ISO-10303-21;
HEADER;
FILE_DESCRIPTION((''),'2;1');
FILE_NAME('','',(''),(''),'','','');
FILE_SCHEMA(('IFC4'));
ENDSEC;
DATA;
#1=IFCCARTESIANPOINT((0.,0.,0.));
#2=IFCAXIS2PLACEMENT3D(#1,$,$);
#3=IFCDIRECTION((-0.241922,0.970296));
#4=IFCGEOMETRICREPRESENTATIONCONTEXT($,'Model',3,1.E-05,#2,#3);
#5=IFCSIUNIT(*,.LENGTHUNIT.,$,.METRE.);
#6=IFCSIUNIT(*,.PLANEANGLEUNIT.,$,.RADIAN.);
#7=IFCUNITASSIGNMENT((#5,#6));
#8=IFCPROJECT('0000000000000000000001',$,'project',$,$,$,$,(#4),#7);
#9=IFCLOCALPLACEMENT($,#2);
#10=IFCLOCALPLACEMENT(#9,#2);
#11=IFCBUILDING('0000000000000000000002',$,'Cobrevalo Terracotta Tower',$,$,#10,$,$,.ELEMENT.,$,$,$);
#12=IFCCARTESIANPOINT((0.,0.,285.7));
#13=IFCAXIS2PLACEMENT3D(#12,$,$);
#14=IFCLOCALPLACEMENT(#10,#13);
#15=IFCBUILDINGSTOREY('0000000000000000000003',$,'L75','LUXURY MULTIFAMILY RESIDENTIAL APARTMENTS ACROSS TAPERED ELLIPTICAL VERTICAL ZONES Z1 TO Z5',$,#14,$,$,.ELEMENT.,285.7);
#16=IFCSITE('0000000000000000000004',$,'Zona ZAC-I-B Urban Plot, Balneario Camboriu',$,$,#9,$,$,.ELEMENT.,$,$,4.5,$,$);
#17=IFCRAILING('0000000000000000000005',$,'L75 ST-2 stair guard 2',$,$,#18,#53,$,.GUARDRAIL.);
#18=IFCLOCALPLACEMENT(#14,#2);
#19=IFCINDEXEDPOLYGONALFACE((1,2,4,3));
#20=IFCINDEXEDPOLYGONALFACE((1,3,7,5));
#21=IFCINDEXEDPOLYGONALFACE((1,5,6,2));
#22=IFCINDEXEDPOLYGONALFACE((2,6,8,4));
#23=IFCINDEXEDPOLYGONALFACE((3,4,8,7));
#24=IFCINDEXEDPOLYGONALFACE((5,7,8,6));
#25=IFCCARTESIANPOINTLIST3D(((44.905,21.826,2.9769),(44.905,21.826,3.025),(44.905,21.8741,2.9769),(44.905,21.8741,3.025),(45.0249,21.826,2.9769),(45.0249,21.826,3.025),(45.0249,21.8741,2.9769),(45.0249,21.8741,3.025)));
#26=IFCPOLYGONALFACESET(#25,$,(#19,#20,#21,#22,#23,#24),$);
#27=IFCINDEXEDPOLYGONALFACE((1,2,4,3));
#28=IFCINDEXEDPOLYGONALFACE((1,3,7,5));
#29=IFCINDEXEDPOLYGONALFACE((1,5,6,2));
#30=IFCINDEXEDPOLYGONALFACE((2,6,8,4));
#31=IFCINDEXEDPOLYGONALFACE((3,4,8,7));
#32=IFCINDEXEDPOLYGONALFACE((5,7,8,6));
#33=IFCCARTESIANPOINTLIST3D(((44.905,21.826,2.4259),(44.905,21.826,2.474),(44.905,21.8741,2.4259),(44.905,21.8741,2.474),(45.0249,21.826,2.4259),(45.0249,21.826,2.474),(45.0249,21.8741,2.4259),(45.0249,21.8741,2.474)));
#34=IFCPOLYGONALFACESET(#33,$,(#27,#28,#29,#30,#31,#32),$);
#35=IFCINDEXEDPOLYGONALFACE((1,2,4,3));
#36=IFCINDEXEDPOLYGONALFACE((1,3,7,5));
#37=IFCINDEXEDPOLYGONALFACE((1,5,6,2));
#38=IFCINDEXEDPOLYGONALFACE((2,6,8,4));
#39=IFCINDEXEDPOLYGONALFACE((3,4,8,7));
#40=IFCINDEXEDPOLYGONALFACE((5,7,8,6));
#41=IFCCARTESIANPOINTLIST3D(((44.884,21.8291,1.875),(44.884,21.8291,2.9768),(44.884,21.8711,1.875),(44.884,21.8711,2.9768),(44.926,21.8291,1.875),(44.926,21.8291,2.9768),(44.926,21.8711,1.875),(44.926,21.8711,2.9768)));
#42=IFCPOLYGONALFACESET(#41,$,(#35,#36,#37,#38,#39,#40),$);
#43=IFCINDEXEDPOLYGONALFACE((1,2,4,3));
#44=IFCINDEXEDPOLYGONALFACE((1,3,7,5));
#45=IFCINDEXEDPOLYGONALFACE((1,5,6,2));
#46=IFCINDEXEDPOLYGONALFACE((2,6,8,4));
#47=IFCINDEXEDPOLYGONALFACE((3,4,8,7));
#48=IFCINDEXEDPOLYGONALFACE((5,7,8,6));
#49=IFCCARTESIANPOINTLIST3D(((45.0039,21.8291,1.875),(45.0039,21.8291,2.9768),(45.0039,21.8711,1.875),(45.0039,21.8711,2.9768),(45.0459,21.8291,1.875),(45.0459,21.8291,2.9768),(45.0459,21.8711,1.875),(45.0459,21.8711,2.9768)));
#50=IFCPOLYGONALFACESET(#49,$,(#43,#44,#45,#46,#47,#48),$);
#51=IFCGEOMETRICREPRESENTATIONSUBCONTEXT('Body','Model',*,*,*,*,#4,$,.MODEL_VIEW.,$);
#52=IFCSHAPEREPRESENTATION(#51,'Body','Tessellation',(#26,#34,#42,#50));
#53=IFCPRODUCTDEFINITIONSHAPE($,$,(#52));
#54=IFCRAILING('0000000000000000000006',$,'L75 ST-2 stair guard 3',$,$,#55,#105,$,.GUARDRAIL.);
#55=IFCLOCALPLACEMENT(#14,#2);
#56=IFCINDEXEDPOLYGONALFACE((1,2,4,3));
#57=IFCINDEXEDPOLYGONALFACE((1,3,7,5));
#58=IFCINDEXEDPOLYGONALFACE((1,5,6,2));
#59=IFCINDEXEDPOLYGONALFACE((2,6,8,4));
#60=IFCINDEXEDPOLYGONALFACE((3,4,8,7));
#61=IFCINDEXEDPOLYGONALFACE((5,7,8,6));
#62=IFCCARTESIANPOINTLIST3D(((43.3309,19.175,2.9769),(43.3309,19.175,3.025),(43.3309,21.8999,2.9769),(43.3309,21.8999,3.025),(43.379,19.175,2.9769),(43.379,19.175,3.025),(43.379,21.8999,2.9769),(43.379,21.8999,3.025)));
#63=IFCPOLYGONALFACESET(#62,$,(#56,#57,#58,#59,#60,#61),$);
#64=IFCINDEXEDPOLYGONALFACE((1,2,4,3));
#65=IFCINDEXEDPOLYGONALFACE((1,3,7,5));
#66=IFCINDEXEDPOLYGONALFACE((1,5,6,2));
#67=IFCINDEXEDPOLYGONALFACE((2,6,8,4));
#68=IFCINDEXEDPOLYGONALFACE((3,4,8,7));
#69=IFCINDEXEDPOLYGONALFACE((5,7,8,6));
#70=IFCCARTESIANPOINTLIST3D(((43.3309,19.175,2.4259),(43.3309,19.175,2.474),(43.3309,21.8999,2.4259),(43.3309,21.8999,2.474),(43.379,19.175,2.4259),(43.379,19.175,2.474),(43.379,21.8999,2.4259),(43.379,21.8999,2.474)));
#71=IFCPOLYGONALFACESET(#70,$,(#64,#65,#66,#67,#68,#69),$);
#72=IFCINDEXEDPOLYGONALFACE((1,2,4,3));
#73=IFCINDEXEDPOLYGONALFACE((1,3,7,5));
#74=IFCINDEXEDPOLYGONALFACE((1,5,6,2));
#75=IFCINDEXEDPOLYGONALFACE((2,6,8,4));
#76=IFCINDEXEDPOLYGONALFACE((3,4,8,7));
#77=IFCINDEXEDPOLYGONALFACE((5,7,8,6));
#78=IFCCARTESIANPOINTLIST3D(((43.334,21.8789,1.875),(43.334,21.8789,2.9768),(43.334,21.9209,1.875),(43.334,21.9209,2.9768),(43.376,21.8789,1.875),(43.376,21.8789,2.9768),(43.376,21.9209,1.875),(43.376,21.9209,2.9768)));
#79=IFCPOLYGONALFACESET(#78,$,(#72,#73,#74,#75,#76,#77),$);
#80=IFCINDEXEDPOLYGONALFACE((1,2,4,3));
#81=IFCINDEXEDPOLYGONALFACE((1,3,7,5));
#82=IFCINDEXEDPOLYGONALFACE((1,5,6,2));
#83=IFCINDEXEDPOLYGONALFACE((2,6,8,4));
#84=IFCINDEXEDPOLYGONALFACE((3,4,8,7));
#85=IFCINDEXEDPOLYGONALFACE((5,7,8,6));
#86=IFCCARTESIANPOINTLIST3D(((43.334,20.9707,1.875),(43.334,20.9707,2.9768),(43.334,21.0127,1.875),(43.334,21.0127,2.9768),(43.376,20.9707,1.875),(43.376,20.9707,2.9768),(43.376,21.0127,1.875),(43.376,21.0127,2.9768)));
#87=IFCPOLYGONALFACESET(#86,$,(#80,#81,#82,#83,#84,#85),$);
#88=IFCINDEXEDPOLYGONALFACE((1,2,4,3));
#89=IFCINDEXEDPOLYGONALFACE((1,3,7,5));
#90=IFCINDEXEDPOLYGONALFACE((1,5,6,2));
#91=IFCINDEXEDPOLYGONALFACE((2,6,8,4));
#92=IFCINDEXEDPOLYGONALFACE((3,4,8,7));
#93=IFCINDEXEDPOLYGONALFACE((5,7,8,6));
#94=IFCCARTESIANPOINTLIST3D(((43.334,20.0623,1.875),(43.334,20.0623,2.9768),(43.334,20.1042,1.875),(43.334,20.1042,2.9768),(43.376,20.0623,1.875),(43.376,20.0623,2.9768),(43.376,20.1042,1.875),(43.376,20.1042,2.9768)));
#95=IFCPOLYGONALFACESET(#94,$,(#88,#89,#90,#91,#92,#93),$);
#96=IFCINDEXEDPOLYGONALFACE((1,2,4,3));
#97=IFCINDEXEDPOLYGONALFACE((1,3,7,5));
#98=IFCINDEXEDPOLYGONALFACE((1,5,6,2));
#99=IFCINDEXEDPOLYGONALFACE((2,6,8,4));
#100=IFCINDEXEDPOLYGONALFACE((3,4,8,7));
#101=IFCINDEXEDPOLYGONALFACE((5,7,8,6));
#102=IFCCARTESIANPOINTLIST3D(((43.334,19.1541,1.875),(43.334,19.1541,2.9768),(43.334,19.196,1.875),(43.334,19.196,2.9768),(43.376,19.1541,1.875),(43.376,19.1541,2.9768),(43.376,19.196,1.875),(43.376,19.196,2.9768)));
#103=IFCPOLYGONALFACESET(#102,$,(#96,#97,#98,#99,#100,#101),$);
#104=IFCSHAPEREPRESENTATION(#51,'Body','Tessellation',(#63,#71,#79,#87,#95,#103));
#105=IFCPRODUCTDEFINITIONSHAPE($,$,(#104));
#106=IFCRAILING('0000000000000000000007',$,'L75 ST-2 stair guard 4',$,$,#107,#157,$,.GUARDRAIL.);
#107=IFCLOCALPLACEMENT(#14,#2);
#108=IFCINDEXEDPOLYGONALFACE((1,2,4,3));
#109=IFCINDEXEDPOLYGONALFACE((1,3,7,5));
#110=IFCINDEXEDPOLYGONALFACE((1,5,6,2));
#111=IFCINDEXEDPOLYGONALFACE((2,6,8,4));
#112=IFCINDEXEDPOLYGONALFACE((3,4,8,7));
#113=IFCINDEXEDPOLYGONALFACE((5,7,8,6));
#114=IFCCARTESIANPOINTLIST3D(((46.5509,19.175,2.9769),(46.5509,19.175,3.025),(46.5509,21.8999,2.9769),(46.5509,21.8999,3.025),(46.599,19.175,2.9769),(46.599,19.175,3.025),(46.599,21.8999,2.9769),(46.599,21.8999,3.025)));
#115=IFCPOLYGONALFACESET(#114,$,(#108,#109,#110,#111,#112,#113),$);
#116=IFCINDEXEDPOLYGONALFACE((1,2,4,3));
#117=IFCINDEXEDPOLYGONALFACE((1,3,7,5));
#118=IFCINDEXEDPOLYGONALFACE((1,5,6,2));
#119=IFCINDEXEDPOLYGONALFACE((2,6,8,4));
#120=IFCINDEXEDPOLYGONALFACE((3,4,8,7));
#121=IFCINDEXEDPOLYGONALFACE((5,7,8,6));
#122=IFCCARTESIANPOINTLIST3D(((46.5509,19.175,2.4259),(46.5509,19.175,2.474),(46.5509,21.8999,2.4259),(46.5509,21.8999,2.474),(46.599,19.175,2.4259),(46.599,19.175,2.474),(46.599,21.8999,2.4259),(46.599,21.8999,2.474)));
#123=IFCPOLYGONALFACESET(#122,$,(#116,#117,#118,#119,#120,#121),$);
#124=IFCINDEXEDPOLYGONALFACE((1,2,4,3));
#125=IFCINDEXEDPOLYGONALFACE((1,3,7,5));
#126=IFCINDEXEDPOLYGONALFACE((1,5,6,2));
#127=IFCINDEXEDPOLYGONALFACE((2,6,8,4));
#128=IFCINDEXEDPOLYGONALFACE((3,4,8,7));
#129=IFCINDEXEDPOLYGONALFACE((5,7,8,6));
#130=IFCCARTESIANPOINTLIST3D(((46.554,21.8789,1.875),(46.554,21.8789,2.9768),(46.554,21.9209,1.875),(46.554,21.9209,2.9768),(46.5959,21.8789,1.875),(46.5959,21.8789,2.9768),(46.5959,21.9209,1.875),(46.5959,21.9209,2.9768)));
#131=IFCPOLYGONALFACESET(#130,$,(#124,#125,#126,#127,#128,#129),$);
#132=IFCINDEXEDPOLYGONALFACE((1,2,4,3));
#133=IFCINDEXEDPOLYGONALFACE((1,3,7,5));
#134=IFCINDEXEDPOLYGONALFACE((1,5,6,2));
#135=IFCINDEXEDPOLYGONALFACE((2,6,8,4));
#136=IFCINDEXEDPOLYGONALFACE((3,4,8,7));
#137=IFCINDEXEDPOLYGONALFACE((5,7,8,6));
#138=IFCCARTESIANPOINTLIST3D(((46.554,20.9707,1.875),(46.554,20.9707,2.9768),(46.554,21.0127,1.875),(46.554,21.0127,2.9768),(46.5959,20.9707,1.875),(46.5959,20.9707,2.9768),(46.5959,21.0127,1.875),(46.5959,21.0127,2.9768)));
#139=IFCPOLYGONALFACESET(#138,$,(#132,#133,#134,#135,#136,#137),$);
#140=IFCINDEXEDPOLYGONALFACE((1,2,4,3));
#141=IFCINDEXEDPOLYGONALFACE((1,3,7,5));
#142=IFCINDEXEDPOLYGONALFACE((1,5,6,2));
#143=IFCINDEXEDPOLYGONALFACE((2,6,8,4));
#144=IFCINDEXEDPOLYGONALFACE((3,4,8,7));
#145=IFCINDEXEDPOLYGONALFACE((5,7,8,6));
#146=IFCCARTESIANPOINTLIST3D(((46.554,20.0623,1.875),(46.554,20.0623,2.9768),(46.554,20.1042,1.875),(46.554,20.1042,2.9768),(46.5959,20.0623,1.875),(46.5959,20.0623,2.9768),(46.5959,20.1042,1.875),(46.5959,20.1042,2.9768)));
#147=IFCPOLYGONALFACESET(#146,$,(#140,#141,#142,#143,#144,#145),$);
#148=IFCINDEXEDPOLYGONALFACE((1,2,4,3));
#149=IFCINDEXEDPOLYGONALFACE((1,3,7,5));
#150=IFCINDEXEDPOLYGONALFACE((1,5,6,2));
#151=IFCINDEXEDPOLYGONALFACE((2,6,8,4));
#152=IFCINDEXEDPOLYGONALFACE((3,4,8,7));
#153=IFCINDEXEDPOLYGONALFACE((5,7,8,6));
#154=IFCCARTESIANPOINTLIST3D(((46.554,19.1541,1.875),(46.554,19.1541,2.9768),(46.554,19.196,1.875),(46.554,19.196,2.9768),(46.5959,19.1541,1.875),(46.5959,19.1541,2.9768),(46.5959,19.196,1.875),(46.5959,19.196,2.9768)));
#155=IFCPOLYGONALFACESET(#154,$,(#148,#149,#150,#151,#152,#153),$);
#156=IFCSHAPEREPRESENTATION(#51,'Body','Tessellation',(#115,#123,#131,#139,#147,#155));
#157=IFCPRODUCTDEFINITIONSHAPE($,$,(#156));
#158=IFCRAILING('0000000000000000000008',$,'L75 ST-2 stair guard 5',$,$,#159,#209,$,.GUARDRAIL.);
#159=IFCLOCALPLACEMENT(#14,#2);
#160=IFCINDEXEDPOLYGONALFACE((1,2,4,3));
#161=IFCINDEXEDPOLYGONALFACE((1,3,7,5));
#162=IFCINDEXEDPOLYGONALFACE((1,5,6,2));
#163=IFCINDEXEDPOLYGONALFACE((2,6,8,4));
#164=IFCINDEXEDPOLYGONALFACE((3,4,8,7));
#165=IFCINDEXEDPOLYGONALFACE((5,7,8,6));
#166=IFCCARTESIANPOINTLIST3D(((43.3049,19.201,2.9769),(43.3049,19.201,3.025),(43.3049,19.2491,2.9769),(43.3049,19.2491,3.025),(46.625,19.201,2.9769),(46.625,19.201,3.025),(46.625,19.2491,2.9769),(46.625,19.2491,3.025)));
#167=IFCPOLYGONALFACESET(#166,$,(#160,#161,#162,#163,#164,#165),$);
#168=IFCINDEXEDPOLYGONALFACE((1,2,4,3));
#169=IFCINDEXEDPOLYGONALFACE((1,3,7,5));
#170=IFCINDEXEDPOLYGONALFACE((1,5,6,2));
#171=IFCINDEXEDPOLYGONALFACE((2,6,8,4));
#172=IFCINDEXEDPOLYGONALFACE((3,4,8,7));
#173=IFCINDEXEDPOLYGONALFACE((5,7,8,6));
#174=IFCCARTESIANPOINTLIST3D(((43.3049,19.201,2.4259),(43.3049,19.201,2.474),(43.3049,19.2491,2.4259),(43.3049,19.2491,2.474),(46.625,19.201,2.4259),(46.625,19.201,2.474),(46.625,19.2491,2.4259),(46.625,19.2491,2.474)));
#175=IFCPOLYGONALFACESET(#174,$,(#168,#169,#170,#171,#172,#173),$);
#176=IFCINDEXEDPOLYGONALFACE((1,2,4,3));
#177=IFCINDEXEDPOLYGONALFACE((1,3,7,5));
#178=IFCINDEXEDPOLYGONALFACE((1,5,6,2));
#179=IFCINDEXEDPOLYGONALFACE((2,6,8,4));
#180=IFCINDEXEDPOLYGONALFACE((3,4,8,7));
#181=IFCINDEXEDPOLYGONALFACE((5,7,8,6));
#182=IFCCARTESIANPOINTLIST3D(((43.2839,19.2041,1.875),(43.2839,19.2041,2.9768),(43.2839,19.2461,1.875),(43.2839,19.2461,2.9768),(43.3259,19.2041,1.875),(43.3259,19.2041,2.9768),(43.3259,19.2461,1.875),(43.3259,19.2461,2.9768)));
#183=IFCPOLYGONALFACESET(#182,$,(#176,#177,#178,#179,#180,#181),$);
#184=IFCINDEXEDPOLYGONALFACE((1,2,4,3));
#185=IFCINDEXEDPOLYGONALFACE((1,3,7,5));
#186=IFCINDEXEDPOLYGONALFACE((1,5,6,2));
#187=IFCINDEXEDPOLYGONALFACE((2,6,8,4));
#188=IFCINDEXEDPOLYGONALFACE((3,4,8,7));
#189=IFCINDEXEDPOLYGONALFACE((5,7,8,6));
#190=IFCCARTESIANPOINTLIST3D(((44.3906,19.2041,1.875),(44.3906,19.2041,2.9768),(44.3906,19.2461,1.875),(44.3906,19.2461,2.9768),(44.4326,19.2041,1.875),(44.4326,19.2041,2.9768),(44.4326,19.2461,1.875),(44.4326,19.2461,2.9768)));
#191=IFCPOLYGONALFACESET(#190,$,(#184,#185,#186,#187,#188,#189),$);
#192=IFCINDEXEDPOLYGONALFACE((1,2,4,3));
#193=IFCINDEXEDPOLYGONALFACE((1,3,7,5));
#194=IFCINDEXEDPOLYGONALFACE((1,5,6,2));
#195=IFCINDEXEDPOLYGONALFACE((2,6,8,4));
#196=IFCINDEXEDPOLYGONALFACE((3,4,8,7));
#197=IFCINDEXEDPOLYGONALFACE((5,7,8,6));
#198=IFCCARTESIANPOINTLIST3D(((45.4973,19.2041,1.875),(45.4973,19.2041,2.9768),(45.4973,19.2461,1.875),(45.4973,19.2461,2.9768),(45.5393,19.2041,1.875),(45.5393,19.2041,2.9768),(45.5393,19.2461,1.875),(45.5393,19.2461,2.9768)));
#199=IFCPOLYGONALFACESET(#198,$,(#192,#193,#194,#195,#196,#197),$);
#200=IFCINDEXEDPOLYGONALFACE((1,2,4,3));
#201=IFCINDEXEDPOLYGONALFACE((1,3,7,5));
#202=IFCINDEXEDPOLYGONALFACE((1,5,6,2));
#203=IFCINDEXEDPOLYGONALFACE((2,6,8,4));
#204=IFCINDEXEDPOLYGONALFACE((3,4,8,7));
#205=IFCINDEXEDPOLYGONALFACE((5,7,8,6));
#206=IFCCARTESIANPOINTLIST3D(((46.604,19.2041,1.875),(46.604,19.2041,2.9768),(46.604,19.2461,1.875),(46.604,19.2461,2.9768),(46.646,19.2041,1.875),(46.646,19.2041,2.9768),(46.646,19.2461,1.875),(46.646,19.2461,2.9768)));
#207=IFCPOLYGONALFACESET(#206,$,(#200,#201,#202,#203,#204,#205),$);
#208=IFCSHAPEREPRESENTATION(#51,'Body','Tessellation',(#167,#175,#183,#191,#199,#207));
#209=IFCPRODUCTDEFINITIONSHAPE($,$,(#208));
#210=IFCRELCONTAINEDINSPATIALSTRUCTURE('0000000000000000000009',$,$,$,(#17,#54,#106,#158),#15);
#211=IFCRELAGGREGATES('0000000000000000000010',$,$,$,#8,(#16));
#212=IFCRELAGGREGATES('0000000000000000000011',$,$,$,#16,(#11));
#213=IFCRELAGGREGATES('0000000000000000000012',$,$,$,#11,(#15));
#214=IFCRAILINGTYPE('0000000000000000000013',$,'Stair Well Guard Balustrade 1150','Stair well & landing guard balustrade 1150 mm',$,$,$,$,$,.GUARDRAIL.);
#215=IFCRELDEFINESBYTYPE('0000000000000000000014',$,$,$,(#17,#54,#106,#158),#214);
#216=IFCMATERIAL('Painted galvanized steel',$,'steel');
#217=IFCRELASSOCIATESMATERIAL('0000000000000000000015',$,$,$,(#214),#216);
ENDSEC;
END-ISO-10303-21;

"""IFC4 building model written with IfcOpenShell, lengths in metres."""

from ifc_helpers import new_model, si_unit, direction, frame, origin, origin_2d, place, context, subcontext, project, spatial, rectangle, extrude, material, type_object, element, save


model = new_model("IFC4")

# Units and contexts
model_context = context("Model", 3, precision=1e-05, world=origin(), true_north=direction((-0.241922, 0.970296)))
body_context = subcontext(model_context, "Body", "Model", "MODEL_VIEW")
ifc_project = project(units=[si_unit("LENGTHUNIT", "METRE"), si_unit("PLANEANGLEUNIT", "RADIAN")], contexts=[model_context])

# Site, building, storey
site_placement = place(None, origin())
site = spatial("IfcSite", under=ifc_project, at=site_placement, Name="Zona ZAC-I-B Urban Plot, Balneario Camboriu", CompositionType="ELEMENT", RefElevation=4.5)
building_placement = place(site_placement, origin())
building = spatial("IfcBuilding", under=site, at=building_placement, Name="Cobrevalo Terracotta Tower", CompositionType="ELEMENT")
storey_placement = place(building_placement, frame((0.0, 0.0, 285.7)))
storey = spatial("IfcBuildingStorey", under=building, at=storey_placement, Name="L75", Description="LUXURY MULTIFAMILY RESIDENTIAL APARTMENTS ACROSS TAPERED ELLIPTICAL VERTICAL ZONES Z1 TO Z5", CompositionType="ELEMENT", Elevation=285.7)

# Railings
ifc_material_1 = material(Name="Painted galvanized steel", Category="steel")
railing_type_1 = type_object("IfcRailingType", Name="Stair Well Guard Balustrade 1150", Description="Stair well & landing guard balustrade 1150 mm", PredefinedType="GUARDRAIL", material=ifc_material_1)
railing_1_placement = place(storey_placement, frame((44.905, 21.8501, 1.875)))
element("IfcRailing", 1, at=railing_1_placement, inside=storey, type_object=railing_type_1, Name="L75 ST-2 stair guard 2", PredefinedType="GUARDRAIL", context=body_context, shape_type="SweptSolid", body=[
    extrude(rectangle(XDim=0.0481, YDim=0.0481, at=origin_2d()), frame((0.0, 0.0, 1.126), z_axis=(1.0, 0.0, 0.0), x_axis=(0.0, 1.0, 0.0)), (0.0, 0.0, 1.0), 0.1199),
    extrude(rectangle(XDim=0.0481, YDim=0.0481, at=origin_2d()), frame((0.0, 0.0, 0.575), z_axis=(1.0, 0.0, 0.0), x_axis=(0.0, 1.0, 0.0)), (0.0, 0.0, 1.0), 0.1199),
    extrude(rectangle(XDim=0.042, YDim=0.042, at=origin_2d()), origin(), (0.0, 0.0, 1.0), 1.1018),
    extrude(rectangle(XDim=0.042, YDim=0.042, at=origin_2d()), frame((0.1199, 0.0, 0.0)), (0.0, 0.0, 1.0), 1.1018),
])
for number, where, name in (
    (2, (43.355, 21.8999, 1.875), "L75 ST-2 stair guard 3"),
    (3, (46.575, 21.8999, 1.875), "L75 ST-2 stair guard 4"),
):
    element("IfcRailing", number, at=place(storey_placement, frame(where)), inside=storey, type_object=railing_type_1, Name=name, PredefinedType="GUARDRAIL", context=body_context, shape_type="SweptSolid", body=[
        extrude(rectangle(XDim=0.0481, YDim=0.0481, at=origin_2d()), frame((0.0, 0.0, 1.126), z_axis=(0.0, -1.0, 0.0), x_axis=(1.0, 0.0, 0.0)), (0.0, 0.0, 1.0), 2.7249),
        extrude(rectangle(XDim=0.0481, YDim=0.0481, at=origin_2d()), frame((0.0, 0.0, 0.575), z_axis=(0.0, -1.0, 0.0), x_axis=(1.0, 0.0, 0.0)), (0.0, 0.0, 1.0), 2.7249),
        extrude(rectangle(XDim=0.042, YDim=0.042, at=origin_2d()), origin(), (0.0, 0.0, 1.0), 1.1018),
        extrude(rectangle(XDim=0.042, YDim=0.042, at=origin_2d()), frame((0.0, -0.9082, 0.0)), (0.0, 0.0, 1.0), 1.1018),
        extrude(rectangle(XDim=0.042, YDim=0.042, at=origin_2d()), frame((0.0, -1.8167, 0.0)), (0.0, 0.0, 1.0), 1.1018),
        extrude(rectangle(XDim=0.042, YDim=0.042, at=origin_2d()), frame((0.0, -2.7249, 0.0)), (0.0, 0.0, 1.0), 1.1018),
    ])
railing_2_placement = place(storey_placement, frame((43.3049, 19.2251, 1.875)))
element("IfcRailing", 4, at=railing_2_placement, inside=storey, type_object=railing_type_1, Name="L75 ST-2 stair guard 5", PredefinedType="GUARDRAIL", context=body_context, shape_type="SweptSolid", body=[
    extrude(rectangle(XDim=0.0481, YDim=0.0481, at=origin_2d()), frame((0.0, 0.0, 1.126), z_axis=(1.0, 0.0, 0.0), x_axis=(0.0, 1.0, 0.0)), (0.0, 0.0, 1.0), 3.3201),
    extrude(rectangle(XDim=0.0481, YDim=0.0481, at=origin_2d()), frame((0.0, 0.0, 0.575), z_axis=(1.0, 0.0, 0.0), x_axis=(0.0, 1.0, 0.0)), (0.0, 0.0, 1.0), 3.3201),
    extrude(rectangle(XDim=0.042, YDim=0.042, at=origin_2d()), origin(), (0.0, 0.0, 1.0), 1.1018),
    extrude(rectangle(XDim=0.042, YDim=0.042, at=origin_2d()), frame((1.1067, 0.0, 0.0)), (0.0, 0.0, 1.0), 1.1018),
    extrude(rectangle(XDim=0.042, YDim=0.042, at=origin_2d()), frame((2.2134, 0.0, 0.0)), (0.0, 0.0, 1.0), 1.1018),
    extrude(rectangle(XDim=0.042, YDim=0.042, at=origin_2d()), frame((3.3201, 0.0, 0.0)), (0.0, 0.0, 1.0), 1.1018),
])

save(model, "model.ifc")
